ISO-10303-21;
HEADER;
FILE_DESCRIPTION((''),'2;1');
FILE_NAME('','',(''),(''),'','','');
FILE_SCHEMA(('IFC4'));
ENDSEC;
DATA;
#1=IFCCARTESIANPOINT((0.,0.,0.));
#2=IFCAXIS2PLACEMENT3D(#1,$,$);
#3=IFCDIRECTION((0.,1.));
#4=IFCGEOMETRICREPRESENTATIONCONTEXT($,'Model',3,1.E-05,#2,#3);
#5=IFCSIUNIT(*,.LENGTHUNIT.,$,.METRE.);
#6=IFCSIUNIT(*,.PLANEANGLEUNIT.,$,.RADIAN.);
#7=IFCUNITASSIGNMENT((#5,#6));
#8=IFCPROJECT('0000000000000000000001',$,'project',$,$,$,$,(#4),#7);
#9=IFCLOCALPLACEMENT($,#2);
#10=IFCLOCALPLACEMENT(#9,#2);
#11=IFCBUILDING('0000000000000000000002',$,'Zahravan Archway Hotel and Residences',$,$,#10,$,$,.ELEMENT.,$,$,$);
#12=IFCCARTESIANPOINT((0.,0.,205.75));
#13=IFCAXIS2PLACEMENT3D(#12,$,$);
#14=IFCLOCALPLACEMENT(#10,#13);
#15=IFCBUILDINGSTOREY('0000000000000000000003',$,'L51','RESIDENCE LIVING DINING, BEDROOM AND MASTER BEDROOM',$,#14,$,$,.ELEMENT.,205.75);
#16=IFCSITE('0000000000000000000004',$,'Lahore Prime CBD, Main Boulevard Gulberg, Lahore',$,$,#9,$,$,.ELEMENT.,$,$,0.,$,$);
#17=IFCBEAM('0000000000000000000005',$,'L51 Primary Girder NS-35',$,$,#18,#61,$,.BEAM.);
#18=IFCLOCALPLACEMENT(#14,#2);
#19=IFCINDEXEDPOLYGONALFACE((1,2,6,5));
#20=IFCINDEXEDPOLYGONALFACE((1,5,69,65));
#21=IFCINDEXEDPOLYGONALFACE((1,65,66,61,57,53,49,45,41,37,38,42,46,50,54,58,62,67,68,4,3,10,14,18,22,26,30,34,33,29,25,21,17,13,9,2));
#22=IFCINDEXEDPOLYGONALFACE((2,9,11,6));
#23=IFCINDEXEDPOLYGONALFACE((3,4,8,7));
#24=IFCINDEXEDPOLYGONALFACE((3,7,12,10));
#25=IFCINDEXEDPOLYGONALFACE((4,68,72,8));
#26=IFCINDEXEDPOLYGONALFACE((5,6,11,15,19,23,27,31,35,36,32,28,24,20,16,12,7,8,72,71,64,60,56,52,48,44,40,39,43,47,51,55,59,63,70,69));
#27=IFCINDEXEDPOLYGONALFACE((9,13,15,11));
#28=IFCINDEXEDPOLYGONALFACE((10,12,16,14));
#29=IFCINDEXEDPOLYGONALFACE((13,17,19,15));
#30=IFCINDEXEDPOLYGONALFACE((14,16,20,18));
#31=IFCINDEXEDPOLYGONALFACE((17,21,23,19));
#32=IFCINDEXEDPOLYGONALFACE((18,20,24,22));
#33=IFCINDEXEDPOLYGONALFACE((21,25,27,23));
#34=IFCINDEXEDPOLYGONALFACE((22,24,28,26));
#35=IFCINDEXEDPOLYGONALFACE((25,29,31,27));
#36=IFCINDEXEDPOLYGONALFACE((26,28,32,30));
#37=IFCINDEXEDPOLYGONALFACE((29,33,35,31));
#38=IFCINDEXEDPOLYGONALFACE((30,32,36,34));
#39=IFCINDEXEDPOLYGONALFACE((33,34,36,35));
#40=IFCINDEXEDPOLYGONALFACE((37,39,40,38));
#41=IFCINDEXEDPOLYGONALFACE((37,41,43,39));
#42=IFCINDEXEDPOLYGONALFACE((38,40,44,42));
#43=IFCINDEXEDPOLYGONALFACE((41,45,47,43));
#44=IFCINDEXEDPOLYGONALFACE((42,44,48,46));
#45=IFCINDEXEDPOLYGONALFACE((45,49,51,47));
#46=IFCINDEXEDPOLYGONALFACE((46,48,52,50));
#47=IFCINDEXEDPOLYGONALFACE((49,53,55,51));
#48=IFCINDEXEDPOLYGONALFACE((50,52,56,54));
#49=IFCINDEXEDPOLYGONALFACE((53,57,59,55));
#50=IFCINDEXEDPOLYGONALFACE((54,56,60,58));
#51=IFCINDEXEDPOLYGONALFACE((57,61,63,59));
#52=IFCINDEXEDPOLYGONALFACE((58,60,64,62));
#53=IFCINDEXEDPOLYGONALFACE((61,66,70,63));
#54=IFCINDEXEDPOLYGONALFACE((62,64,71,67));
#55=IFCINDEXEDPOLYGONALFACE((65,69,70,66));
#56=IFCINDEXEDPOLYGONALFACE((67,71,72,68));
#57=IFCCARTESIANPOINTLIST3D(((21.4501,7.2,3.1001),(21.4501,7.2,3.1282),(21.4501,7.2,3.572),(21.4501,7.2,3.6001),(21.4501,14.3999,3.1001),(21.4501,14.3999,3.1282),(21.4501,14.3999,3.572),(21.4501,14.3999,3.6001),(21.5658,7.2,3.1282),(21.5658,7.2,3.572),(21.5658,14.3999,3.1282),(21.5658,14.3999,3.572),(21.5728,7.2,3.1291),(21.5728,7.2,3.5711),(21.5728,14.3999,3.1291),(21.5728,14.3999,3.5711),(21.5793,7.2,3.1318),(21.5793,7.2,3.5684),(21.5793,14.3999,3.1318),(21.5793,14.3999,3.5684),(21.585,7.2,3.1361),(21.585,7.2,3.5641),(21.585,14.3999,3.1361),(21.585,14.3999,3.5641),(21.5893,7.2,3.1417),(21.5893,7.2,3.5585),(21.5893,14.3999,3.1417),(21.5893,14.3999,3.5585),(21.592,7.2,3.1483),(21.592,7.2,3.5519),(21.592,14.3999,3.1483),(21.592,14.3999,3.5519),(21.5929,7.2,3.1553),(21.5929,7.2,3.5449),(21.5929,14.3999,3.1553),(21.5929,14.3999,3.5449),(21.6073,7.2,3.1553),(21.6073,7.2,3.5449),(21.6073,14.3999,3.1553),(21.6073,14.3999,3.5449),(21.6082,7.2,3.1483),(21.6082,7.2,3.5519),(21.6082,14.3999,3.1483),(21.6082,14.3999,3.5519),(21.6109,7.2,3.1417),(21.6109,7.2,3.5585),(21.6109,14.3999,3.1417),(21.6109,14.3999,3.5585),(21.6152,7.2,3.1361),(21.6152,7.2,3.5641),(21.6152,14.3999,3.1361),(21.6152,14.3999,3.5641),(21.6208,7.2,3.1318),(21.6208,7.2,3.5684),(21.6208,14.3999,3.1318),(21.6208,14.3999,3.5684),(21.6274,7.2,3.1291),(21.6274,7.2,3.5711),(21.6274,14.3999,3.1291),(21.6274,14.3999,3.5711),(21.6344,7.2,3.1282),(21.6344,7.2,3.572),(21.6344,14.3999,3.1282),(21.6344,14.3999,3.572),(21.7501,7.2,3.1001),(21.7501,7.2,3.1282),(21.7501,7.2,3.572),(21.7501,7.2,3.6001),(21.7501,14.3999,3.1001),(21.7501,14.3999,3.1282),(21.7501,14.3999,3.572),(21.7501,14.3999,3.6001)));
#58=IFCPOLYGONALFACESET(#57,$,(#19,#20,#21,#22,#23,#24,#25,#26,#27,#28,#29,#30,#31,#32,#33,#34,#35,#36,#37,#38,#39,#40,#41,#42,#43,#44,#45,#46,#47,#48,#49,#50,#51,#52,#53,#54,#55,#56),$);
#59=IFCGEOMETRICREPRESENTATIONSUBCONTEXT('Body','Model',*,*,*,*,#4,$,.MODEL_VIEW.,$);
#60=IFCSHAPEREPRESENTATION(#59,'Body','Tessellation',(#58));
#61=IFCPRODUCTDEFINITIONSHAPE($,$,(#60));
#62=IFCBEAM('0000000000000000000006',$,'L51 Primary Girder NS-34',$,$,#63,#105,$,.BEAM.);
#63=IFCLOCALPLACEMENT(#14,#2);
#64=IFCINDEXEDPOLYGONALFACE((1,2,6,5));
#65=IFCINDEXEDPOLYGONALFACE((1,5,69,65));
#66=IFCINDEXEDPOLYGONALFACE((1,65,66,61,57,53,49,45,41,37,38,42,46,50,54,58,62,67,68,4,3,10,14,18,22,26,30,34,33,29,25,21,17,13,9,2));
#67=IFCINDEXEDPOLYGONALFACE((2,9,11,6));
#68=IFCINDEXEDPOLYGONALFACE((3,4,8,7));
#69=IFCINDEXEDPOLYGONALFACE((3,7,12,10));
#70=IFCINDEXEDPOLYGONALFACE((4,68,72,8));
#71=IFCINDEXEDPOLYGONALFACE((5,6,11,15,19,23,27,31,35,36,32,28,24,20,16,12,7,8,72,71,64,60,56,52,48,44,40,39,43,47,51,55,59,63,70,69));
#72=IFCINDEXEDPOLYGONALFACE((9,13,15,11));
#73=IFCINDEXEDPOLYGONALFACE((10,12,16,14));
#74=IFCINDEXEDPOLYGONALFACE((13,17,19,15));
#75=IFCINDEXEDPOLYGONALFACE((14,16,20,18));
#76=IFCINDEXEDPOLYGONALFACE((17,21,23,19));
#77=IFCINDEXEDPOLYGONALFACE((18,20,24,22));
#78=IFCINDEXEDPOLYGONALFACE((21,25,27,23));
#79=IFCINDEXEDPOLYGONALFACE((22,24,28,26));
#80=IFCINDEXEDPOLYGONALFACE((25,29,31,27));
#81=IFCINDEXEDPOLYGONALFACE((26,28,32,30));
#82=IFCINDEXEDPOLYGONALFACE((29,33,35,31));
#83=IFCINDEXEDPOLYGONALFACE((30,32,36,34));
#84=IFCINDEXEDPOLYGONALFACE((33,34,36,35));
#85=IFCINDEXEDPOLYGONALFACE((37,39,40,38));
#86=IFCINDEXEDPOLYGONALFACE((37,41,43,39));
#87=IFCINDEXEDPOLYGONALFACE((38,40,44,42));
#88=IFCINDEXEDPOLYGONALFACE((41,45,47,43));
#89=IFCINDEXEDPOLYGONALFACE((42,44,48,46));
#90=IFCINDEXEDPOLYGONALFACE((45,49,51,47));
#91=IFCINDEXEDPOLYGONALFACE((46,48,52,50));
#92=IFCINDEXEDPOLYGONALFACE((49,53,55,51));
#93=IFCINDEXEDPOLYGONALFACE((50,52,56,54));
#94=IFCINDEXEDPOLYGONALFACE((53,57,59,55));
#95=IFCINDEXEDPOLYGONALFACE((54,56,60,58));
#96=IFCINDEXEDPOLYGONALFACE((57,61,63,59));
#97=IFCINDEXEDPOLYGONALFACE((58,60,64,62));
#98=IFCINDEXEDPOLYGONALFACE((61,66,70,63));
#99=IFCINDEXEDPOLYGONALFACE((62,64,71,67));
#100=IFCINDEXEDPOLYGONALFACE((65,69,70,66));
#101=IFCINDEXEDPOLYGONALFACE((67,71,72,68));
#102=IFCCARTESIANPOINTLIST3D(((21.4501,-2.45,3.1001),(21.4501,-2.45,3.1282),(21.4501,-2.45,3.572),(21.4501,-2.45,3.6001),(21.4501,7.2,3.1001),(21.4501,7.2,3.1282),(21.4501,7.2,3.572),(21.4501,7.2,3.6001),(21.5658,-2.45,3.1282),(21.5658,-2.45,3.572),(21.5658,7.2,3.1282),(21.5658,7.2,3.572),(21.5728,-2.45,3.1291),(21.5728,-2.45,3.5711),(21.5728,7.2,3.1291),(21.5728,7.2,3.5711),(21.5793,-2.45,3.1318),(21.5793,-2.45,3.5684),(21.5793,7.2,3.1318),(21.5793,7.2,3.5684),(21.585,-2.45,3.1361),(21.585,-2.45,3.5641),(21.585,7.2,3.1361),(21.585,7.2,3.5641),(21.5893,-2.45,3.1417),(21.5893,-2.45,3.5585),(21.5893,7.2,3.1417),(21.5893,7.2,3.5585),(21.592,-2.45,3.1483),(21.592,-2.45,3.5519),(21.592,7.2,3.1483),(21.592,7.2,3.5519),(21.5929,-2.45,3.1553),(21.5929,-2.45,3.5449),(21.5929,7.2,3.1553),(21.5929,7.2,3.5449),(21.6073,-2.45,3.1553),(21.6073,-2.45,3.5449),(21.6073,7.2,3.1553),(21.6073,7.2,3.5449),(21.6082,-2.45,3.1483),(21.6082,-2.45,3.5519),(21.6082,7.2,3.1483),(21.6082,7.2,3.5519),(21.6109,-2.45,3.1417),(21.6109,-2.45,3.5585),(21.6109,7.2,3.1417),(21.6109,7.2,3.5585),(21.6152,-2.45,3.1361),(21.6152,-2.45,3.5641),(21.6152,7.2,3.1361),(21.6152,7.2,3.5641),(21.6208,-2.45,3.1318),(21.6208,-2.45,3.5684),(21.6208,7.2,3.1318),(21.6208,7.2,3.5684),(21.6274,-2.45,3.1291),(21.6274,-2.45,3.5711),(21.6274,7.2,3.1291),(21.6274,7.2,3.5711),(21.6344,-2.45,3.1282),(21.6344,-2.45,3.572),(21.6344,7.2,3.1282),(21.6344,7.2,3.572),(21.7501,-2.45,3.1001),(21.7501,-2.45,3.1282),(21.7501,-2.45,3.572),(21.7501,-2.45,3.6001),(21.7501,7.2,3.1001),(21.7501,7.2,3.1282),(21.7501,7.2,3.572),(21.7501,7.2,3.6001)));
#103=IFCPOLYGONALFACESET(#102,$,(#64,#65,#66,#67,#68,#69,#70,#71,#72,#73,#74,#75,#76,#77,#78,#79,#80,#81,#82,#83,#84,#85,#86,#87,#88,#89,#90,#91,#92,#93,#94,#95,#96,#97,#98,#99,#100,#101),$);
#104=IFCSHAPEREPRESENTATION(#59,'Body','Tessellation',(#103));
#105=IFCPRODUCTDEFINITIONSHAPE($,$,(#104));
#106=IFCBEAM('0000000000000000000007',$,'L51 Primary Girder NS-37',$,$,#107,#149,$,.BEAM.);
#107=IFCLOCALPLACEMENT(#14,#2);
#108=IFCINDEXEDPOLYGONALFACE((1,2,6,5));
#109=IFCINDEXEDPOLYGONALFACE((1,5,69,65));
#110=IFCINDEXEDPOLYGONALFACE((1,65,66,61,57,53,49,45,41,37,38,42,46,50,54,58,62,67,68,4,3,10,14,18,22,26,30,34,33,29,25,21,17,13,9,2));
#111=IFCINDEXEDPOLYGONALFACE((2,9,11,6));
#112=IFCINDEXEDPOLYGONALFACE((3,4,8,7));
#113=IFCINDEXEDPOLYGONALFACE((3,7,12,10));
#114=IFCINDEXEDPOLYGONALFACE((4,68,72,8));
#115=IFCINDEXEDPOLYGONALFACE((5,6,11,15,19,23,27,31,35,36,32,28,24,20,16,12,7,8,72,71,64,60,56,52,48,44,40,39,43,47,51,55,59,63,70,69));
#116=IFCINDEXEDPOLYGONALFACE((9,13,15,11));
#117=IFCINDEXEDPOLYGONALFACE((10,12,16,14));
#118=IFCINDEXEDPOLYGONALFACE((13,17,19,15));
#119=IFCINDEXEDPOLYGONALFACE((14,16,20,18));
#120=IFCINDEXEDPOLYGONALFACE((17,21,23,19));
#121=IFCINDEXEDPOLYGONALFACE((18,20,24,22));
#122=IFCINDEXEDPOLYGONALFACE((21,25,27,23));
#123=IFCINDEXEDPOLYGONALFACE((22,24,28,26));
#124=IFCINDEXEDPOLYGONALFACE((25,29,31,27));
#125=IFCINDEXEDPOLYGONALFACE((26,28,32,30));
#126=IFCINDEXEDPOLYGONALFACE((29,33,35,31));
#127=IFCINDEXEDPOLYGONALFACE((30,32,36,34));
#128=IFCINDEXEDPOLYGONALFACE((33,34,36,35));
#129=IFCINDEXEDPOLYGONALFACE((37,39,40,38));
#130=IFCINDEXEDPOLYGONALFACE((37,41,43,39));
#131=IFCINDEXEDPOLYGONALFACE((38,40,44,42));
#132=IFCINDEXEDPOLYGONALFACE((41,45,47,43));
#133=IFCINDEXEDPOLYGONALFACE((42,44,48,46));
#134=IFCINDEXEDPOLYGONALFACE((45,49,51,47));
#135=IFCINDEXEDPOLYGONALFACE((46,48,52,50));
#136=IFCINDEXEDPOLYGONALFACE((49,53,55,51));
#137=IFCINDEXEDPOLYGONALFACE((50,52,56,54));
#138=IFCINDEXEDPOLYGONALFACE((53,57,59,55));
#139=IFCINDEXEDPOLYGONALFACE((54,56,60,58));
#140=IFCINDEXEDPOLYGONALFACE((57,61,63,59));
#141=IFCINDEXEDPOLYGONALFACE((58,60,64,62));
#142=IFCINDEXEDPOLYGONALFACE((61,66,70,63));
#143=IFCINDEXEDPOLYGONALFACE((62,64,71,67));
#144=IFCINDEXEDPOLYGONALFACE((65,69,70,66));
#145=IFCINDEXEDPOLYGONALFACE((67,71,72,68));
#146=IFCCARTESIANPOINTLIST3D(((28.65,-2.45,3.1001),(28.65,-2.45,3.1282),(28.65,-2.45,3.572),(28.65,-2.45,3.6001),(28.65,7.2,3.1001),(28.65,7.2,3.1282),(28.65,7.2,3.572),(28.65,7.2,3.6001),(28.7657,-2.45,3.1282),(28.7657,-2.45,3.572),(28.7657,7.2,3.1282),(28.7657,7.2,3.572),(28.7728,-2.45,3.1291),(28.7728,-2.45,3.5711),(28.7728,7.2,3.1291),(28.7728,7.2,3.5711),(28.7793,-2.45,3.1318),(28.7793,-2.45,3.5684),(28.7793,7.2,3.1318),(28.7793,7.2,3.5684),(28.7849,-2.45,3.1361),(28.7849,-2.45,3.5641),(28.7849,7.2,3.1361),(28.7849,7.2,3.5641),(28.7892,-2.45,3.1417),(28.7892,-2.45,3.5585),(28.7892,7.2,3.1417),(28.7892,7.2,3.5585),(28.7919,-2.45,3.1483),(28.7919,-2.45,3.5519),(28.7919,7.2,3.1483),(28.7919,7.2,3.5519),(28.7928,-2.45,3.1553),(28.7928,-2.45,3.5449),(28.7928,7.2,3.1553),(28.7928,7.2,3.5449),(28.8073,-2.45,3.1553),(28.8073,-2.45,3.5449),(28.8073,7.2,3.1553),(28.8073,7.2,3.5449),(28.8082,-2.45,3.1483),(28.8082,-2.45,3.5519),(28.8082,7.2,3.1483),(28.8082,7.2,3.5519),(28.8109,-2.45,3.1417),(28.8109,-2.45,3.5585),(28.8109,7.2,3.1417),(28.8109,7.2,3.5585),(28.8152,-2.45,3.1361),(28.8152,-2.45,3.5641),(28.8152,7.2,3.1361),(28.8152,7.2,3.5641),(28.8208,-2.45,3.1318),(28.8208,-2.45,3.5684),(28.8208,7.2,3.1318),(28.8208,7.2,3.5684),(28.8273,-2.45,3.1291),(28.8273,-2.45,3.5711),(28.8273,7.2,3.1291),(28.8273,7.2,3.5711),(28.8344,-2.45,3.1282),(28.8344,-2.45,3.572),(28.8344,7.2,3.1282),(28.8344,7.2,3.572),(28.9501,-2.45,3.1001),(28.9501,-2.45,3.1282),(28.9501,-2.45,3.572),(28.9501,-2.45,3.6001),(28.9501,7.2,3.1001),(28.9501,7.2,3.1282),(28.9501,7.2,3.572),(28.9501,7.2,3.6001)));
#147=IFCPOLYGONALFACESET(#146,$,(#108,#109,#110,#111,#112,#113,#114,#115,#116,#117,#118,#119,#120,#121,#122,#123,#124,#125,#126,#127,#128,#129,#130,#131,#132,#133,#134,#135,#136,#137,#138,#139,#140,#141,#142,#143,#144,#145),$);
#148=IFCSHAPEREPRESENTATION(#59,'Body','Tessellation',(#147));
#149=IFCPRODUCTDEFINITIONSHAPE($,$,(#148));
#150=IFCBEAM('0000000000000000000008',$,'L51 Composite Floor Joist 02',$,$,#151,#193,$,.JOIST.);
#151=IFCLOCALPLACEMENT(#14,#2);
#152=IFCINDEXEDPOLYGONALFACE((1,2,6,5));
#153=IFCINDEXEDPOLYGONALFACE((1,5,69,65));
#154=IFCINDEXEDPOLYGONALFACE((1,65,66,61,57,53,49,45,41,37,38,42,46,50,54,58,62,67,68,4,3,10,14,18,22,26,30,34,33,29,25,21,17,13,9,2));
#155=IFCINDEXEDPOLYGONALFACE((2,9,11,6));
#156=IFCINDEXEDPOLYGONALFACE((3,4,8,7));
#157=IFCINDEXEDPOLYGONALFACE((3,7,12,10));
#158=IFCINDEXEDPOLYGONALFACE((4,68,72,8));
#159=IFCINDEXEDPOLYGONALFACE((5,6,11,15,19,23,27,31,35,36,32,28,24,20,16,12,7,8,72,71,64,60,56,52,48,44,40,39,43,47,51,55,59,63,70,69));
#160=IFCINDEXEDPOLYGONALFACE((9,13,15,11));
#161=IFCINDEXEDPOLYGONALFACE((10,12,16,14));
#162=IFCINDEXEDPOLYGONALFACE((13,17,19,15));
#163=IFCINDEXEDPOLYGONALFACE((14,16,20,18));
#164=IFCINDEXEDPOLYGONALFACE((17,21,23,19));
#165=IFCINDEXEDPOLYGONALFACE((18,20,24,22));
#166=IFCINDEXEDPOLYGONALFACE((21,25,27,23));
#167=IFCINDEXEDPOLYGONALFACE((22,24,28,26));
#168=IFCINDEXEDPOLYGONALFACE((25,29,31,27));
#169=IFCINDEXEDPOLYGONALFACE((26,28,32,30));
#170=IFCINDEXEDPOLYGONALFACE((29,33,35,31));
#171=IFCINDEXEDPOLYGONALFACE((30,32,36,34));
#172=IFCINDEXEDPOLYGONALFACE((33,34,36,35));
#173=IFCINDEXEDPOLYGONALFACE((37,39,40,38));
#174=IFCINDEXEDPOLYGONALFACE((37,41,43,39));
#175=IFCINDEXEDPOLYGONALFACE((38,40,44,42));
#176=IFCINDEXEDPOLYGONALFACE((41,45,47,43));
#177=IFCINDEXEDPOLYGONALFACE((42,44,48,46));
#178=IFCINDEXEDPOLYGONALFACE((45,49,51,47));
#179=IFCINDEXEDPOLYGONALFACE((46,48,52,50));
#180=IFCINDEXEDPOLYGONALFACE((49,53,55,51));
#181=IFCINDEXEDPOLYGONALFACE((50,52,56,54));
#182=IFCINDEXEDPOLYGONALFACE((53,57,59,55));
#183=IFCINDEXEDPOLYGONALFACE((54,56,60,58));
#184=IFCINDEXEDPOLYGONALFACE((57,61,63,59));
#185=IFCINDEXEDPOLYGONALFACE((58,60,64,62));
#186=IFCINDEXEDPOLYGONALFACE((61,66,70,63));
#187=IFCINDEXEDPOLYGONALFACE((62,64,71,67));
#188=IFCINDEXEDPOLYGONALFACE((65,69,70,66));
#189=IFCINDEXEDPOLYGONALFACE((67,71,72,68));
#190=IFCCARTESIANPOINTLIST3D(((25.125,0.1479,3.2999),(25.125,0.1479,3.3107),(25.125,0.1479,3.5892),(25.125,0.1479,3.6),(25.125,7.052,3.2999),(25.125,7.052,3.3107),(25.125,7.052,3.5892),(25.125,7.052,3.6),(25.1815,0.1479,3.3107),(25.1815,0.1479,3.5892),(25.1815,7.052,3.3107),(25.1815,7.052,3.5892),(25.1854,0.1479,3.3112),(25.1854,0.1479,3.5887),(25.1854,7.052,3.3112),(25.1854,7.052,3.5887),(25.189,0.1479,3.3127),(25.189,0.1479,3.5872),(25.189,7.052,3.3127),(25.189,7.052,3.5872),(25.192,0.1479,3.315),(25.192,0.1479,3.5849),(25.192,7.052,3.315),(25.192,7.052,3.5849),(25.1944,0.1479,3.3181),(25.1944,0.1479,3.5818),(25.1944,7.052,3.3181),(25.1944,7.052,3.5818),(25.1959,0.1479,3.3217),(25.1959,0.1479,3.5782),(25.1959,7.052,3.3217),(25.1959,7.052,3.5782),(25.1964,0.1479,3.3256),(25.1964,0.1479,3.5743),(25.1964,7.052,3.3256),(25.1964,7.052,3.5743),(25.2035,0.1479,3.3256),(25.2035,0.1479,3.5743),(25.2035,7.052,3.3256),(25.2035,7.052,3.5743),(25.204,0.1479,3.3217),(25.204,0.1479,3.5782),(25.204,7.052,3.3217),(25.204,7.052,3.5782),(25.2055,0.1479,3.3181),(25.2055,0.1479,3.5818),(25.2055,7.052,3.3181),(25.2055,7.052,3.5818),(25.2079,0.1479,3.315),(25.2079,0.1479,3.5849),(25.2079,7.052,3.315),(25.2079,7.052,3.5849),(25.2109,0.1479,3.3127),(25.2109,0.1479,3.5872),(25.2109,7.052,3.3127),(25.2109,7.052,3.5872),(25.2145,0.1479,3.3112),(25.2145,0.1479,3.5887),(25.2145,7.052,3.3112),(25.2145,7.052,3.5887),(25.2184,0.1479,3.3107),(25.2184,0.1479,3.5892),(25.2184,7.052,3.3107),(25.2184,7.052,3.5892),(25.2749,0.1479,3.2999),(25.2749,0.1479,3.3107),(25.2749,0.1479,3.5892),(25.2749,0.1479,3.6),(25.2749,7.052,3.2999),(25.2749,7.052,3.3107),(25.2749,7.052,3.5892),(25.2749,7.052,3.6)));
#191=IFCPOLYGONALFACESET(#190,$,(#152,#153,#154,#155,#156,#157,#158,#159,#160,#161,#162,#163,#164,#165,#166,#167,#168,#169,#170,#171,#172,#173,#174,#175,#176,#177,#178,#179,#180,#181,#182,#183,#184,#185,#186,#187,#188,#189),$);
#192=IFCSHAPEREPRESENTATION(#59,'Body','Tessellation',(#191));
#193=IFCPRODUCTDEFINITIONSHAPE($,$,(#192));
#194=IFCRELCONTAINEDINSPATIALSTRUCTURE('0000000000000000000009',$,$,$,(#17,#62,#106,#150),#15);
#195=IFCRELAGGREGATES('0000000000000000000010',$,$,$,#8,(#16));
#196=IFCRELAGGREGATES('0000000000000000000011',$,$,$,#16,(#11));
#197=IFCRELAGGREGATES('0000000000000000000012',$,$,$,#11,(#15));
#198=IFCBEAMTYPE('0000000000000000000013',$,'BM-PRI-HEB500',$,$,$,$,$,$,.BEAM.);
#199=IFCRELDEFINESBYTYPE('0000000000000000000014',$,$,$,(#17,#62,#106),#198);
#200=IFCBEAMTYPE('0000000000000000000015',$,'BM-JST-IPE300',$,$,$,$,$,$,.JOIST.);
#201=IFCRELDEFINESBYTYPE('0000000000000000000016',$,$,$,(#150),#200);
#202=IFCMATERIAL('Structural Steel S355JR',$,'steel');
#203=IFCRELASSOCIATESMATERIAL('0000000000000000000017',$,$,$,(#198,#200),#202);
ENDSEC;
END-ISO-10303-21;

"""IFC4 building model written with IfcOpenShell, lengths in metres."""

from ifc_helpers import new_model, si_unit, direction, frame, origin, origin_2d, place, context, subcontext, project, spatial, i_section, extrude, source, transform, mapped, material, material_profile, profile_set, type_object, type_shapes, element, save


model = new_model("IFC4")

# Units and contexts
model_context = context("Model", 3, precision=1e-05, world=origin(), true_north=direction((0.0, 1.0)))
body_context = subcontext(model_context, "Body", "Model", "MODEL_VIEW")
ifc_project = project(units=[si_unit("LENGTHUNIT", "METRE"), si_unit("PLANEANGLEUNIT", "RADIAN")], contexts=[model_context])

# Site, building, storey
site_placement = place(None, origin())
site = spatial("IfcSite", under=ifc_project, at=site_placement, Name="Lahore Prime CBD, Main Boulevard Gulberg, Lahore", CompositionType="ELEMENT", RefElevation=0.0)
building_placement = place(site_placement, origin())
building = spatial("IfcBuilding", under=site, at=building_placement, Name="Zahravan Archway Hotel and Residences", CompositionType="ELEMENT")
storey_placement = place(building_placement, frame((0.0, 0.0, 205.75)))
storey = spatial("IfcBuildingStorey", under=building, at=storey_placement, Name="L51", Description="RESIDENCE LIVING DINING, BEDROOM AND MASTER BEDROOM", CompositionType="ELEMENT", Elevation=205.75)

# Beams
ifc_material_1 = material(Name="Structural Steel S355JR", Category="steel")
ifc_material_profile_1 = material_profile(ifc_material_1, i_section(OverallWidth=0.3, OverallDepth=0.5, WebThickness=0.0144, FlangeThickness=0.0281, FilletRadius=0.0271, at=origin_2d()), Name="HEB 500", Category="steel")
ifc_profile_set_1 = profile_set([ifc_material_profile_1], Name="Structural Steel S355JR")
beam_type_1 = type_object("IfcBeamType", Name="BM-PRI-HEB500", PredefinedType="BEAM", material=ifc_profile_set_1)
shared_shape_1 = source(origin(), body_context, "Body", "SweptSolid", [
    extrude(i_section(OverallWidth=0.3, OverallDepth=0.5, WebThickness=0.0144, FlangeThickness=0.0281, FilletRadius=0.0271, at=origin_2d()), origin(), (0.0, 0.0, 1.0), 7.2),
])
for number, where, z_axis, x_axis, name in (
    (1, (21.6001, 7.2, 3.3501), (0.0, 1.0, 0.0), (-1.0, 0.0, 0.0), "L51 Primary Girder NS-35"),
):
    element("IfcBeam", number, at=place(storey_placement, frame(where, z_axis=z_axis, x_axis=x_axis)), inside=storey, type_object=beam_type_1, Name=name, PredefinedType="BEAM", context=body_context, shape_type="MappedRepresentation", body=[
        mapped(shared_shape_1, transform((0.0, 0.0, 0.0), scale=1.0)),
    ])
shared_shape_2 = source(origin(), body_context, "Body", "SweptSolid", [
    extrude(i_section(OverallWidth=0.3, OverallDepth=0.5, WebThickness=0.0144, FlangeThickness=0.0281, FilletRadius=0.0271, at=origin_2d()), origin(), (0.0, 0.0, 1.0), 9.6499),
])
for number, where, z_axis, x_axis, name in (
    (2, (21.6001, -2.45, 3.3501), (0.0, 1.0, 0.0), (-1.0, 0.0, 0.0), "L51 Primary Girder NS-34"),
    (3, (28.8, -2.45, 3.3501), (0.0, 1.0, 0.0), (-1.0, 0.0, 0.0), "L51 Primary Girder NS-37"),
):
    element("IfcBeam", number, at=place(storey_placement, frame(where, z_axis=z_axis, x_axis=x_axis)), inside=storey, type_object=beam_type_1, Name=name, PredefinedType="BEAM", context=body_context, shape_type="MappedRepresentation", body=[
        mapped(shared_shape_2, transform((0.0, 0.0, 0.0), scale=1.0)),
    ])
ifc_material_profile_2 = material_profile(ifc_material_1, i_section(OverallWidth=0.1499, OverallDepth=0.3, WebThickness=0.0071, FlangeThickness=0.0107, FilletRadius=0.0149, at=origin_2d()), Name="IPE 300", Category="steel")
ifc_profile_set_2 = profile_set([ifc_material_profile_2], Name="Structural Steel S355JR")
beam_type_2 = type_object("IfcBeamType", Name="BM-JST-IPE300", PredefinedType="JOIST", material=ifc_profile_set_2)
shared_shape_3 = source(origin(), body_context, "Body", "SweptSolid", [
    extrude(i_section(OverallWidth=0.1499, OverallDepth=0.3, WebThickness=0.0071, FlangeThickness=0.0107, FilletRadius=0.0149, at=origin_2d()), origin(), (0.0, 0.0, 1.0), 6.9041),
])
type_shapes(beam_type_2, [shared_shape_3])
for number, where, z_axis, x_axis, name in (
    (4, (25.2, 0.1479, 3.45), (0.0, 1.0, 0.0), (-1.0, 0.0, 0.0), "L51 Composite Floor Joist 02"),
):
    element("IfcBeam", number, at=place(storey_placement, frame(where, z_axis=z_axis, x_axis=x_axis)), inside=storey, type_object=beam_type_2, Name=name, PredefinedType="JOIST", context=body_context, shape_type="MappedRepresentation", body=[
        mapped(shared_shape_3, transform((0.0, 0.0, 0.0), scale=1.0)),
    ])

save(model, "model.ifc")
